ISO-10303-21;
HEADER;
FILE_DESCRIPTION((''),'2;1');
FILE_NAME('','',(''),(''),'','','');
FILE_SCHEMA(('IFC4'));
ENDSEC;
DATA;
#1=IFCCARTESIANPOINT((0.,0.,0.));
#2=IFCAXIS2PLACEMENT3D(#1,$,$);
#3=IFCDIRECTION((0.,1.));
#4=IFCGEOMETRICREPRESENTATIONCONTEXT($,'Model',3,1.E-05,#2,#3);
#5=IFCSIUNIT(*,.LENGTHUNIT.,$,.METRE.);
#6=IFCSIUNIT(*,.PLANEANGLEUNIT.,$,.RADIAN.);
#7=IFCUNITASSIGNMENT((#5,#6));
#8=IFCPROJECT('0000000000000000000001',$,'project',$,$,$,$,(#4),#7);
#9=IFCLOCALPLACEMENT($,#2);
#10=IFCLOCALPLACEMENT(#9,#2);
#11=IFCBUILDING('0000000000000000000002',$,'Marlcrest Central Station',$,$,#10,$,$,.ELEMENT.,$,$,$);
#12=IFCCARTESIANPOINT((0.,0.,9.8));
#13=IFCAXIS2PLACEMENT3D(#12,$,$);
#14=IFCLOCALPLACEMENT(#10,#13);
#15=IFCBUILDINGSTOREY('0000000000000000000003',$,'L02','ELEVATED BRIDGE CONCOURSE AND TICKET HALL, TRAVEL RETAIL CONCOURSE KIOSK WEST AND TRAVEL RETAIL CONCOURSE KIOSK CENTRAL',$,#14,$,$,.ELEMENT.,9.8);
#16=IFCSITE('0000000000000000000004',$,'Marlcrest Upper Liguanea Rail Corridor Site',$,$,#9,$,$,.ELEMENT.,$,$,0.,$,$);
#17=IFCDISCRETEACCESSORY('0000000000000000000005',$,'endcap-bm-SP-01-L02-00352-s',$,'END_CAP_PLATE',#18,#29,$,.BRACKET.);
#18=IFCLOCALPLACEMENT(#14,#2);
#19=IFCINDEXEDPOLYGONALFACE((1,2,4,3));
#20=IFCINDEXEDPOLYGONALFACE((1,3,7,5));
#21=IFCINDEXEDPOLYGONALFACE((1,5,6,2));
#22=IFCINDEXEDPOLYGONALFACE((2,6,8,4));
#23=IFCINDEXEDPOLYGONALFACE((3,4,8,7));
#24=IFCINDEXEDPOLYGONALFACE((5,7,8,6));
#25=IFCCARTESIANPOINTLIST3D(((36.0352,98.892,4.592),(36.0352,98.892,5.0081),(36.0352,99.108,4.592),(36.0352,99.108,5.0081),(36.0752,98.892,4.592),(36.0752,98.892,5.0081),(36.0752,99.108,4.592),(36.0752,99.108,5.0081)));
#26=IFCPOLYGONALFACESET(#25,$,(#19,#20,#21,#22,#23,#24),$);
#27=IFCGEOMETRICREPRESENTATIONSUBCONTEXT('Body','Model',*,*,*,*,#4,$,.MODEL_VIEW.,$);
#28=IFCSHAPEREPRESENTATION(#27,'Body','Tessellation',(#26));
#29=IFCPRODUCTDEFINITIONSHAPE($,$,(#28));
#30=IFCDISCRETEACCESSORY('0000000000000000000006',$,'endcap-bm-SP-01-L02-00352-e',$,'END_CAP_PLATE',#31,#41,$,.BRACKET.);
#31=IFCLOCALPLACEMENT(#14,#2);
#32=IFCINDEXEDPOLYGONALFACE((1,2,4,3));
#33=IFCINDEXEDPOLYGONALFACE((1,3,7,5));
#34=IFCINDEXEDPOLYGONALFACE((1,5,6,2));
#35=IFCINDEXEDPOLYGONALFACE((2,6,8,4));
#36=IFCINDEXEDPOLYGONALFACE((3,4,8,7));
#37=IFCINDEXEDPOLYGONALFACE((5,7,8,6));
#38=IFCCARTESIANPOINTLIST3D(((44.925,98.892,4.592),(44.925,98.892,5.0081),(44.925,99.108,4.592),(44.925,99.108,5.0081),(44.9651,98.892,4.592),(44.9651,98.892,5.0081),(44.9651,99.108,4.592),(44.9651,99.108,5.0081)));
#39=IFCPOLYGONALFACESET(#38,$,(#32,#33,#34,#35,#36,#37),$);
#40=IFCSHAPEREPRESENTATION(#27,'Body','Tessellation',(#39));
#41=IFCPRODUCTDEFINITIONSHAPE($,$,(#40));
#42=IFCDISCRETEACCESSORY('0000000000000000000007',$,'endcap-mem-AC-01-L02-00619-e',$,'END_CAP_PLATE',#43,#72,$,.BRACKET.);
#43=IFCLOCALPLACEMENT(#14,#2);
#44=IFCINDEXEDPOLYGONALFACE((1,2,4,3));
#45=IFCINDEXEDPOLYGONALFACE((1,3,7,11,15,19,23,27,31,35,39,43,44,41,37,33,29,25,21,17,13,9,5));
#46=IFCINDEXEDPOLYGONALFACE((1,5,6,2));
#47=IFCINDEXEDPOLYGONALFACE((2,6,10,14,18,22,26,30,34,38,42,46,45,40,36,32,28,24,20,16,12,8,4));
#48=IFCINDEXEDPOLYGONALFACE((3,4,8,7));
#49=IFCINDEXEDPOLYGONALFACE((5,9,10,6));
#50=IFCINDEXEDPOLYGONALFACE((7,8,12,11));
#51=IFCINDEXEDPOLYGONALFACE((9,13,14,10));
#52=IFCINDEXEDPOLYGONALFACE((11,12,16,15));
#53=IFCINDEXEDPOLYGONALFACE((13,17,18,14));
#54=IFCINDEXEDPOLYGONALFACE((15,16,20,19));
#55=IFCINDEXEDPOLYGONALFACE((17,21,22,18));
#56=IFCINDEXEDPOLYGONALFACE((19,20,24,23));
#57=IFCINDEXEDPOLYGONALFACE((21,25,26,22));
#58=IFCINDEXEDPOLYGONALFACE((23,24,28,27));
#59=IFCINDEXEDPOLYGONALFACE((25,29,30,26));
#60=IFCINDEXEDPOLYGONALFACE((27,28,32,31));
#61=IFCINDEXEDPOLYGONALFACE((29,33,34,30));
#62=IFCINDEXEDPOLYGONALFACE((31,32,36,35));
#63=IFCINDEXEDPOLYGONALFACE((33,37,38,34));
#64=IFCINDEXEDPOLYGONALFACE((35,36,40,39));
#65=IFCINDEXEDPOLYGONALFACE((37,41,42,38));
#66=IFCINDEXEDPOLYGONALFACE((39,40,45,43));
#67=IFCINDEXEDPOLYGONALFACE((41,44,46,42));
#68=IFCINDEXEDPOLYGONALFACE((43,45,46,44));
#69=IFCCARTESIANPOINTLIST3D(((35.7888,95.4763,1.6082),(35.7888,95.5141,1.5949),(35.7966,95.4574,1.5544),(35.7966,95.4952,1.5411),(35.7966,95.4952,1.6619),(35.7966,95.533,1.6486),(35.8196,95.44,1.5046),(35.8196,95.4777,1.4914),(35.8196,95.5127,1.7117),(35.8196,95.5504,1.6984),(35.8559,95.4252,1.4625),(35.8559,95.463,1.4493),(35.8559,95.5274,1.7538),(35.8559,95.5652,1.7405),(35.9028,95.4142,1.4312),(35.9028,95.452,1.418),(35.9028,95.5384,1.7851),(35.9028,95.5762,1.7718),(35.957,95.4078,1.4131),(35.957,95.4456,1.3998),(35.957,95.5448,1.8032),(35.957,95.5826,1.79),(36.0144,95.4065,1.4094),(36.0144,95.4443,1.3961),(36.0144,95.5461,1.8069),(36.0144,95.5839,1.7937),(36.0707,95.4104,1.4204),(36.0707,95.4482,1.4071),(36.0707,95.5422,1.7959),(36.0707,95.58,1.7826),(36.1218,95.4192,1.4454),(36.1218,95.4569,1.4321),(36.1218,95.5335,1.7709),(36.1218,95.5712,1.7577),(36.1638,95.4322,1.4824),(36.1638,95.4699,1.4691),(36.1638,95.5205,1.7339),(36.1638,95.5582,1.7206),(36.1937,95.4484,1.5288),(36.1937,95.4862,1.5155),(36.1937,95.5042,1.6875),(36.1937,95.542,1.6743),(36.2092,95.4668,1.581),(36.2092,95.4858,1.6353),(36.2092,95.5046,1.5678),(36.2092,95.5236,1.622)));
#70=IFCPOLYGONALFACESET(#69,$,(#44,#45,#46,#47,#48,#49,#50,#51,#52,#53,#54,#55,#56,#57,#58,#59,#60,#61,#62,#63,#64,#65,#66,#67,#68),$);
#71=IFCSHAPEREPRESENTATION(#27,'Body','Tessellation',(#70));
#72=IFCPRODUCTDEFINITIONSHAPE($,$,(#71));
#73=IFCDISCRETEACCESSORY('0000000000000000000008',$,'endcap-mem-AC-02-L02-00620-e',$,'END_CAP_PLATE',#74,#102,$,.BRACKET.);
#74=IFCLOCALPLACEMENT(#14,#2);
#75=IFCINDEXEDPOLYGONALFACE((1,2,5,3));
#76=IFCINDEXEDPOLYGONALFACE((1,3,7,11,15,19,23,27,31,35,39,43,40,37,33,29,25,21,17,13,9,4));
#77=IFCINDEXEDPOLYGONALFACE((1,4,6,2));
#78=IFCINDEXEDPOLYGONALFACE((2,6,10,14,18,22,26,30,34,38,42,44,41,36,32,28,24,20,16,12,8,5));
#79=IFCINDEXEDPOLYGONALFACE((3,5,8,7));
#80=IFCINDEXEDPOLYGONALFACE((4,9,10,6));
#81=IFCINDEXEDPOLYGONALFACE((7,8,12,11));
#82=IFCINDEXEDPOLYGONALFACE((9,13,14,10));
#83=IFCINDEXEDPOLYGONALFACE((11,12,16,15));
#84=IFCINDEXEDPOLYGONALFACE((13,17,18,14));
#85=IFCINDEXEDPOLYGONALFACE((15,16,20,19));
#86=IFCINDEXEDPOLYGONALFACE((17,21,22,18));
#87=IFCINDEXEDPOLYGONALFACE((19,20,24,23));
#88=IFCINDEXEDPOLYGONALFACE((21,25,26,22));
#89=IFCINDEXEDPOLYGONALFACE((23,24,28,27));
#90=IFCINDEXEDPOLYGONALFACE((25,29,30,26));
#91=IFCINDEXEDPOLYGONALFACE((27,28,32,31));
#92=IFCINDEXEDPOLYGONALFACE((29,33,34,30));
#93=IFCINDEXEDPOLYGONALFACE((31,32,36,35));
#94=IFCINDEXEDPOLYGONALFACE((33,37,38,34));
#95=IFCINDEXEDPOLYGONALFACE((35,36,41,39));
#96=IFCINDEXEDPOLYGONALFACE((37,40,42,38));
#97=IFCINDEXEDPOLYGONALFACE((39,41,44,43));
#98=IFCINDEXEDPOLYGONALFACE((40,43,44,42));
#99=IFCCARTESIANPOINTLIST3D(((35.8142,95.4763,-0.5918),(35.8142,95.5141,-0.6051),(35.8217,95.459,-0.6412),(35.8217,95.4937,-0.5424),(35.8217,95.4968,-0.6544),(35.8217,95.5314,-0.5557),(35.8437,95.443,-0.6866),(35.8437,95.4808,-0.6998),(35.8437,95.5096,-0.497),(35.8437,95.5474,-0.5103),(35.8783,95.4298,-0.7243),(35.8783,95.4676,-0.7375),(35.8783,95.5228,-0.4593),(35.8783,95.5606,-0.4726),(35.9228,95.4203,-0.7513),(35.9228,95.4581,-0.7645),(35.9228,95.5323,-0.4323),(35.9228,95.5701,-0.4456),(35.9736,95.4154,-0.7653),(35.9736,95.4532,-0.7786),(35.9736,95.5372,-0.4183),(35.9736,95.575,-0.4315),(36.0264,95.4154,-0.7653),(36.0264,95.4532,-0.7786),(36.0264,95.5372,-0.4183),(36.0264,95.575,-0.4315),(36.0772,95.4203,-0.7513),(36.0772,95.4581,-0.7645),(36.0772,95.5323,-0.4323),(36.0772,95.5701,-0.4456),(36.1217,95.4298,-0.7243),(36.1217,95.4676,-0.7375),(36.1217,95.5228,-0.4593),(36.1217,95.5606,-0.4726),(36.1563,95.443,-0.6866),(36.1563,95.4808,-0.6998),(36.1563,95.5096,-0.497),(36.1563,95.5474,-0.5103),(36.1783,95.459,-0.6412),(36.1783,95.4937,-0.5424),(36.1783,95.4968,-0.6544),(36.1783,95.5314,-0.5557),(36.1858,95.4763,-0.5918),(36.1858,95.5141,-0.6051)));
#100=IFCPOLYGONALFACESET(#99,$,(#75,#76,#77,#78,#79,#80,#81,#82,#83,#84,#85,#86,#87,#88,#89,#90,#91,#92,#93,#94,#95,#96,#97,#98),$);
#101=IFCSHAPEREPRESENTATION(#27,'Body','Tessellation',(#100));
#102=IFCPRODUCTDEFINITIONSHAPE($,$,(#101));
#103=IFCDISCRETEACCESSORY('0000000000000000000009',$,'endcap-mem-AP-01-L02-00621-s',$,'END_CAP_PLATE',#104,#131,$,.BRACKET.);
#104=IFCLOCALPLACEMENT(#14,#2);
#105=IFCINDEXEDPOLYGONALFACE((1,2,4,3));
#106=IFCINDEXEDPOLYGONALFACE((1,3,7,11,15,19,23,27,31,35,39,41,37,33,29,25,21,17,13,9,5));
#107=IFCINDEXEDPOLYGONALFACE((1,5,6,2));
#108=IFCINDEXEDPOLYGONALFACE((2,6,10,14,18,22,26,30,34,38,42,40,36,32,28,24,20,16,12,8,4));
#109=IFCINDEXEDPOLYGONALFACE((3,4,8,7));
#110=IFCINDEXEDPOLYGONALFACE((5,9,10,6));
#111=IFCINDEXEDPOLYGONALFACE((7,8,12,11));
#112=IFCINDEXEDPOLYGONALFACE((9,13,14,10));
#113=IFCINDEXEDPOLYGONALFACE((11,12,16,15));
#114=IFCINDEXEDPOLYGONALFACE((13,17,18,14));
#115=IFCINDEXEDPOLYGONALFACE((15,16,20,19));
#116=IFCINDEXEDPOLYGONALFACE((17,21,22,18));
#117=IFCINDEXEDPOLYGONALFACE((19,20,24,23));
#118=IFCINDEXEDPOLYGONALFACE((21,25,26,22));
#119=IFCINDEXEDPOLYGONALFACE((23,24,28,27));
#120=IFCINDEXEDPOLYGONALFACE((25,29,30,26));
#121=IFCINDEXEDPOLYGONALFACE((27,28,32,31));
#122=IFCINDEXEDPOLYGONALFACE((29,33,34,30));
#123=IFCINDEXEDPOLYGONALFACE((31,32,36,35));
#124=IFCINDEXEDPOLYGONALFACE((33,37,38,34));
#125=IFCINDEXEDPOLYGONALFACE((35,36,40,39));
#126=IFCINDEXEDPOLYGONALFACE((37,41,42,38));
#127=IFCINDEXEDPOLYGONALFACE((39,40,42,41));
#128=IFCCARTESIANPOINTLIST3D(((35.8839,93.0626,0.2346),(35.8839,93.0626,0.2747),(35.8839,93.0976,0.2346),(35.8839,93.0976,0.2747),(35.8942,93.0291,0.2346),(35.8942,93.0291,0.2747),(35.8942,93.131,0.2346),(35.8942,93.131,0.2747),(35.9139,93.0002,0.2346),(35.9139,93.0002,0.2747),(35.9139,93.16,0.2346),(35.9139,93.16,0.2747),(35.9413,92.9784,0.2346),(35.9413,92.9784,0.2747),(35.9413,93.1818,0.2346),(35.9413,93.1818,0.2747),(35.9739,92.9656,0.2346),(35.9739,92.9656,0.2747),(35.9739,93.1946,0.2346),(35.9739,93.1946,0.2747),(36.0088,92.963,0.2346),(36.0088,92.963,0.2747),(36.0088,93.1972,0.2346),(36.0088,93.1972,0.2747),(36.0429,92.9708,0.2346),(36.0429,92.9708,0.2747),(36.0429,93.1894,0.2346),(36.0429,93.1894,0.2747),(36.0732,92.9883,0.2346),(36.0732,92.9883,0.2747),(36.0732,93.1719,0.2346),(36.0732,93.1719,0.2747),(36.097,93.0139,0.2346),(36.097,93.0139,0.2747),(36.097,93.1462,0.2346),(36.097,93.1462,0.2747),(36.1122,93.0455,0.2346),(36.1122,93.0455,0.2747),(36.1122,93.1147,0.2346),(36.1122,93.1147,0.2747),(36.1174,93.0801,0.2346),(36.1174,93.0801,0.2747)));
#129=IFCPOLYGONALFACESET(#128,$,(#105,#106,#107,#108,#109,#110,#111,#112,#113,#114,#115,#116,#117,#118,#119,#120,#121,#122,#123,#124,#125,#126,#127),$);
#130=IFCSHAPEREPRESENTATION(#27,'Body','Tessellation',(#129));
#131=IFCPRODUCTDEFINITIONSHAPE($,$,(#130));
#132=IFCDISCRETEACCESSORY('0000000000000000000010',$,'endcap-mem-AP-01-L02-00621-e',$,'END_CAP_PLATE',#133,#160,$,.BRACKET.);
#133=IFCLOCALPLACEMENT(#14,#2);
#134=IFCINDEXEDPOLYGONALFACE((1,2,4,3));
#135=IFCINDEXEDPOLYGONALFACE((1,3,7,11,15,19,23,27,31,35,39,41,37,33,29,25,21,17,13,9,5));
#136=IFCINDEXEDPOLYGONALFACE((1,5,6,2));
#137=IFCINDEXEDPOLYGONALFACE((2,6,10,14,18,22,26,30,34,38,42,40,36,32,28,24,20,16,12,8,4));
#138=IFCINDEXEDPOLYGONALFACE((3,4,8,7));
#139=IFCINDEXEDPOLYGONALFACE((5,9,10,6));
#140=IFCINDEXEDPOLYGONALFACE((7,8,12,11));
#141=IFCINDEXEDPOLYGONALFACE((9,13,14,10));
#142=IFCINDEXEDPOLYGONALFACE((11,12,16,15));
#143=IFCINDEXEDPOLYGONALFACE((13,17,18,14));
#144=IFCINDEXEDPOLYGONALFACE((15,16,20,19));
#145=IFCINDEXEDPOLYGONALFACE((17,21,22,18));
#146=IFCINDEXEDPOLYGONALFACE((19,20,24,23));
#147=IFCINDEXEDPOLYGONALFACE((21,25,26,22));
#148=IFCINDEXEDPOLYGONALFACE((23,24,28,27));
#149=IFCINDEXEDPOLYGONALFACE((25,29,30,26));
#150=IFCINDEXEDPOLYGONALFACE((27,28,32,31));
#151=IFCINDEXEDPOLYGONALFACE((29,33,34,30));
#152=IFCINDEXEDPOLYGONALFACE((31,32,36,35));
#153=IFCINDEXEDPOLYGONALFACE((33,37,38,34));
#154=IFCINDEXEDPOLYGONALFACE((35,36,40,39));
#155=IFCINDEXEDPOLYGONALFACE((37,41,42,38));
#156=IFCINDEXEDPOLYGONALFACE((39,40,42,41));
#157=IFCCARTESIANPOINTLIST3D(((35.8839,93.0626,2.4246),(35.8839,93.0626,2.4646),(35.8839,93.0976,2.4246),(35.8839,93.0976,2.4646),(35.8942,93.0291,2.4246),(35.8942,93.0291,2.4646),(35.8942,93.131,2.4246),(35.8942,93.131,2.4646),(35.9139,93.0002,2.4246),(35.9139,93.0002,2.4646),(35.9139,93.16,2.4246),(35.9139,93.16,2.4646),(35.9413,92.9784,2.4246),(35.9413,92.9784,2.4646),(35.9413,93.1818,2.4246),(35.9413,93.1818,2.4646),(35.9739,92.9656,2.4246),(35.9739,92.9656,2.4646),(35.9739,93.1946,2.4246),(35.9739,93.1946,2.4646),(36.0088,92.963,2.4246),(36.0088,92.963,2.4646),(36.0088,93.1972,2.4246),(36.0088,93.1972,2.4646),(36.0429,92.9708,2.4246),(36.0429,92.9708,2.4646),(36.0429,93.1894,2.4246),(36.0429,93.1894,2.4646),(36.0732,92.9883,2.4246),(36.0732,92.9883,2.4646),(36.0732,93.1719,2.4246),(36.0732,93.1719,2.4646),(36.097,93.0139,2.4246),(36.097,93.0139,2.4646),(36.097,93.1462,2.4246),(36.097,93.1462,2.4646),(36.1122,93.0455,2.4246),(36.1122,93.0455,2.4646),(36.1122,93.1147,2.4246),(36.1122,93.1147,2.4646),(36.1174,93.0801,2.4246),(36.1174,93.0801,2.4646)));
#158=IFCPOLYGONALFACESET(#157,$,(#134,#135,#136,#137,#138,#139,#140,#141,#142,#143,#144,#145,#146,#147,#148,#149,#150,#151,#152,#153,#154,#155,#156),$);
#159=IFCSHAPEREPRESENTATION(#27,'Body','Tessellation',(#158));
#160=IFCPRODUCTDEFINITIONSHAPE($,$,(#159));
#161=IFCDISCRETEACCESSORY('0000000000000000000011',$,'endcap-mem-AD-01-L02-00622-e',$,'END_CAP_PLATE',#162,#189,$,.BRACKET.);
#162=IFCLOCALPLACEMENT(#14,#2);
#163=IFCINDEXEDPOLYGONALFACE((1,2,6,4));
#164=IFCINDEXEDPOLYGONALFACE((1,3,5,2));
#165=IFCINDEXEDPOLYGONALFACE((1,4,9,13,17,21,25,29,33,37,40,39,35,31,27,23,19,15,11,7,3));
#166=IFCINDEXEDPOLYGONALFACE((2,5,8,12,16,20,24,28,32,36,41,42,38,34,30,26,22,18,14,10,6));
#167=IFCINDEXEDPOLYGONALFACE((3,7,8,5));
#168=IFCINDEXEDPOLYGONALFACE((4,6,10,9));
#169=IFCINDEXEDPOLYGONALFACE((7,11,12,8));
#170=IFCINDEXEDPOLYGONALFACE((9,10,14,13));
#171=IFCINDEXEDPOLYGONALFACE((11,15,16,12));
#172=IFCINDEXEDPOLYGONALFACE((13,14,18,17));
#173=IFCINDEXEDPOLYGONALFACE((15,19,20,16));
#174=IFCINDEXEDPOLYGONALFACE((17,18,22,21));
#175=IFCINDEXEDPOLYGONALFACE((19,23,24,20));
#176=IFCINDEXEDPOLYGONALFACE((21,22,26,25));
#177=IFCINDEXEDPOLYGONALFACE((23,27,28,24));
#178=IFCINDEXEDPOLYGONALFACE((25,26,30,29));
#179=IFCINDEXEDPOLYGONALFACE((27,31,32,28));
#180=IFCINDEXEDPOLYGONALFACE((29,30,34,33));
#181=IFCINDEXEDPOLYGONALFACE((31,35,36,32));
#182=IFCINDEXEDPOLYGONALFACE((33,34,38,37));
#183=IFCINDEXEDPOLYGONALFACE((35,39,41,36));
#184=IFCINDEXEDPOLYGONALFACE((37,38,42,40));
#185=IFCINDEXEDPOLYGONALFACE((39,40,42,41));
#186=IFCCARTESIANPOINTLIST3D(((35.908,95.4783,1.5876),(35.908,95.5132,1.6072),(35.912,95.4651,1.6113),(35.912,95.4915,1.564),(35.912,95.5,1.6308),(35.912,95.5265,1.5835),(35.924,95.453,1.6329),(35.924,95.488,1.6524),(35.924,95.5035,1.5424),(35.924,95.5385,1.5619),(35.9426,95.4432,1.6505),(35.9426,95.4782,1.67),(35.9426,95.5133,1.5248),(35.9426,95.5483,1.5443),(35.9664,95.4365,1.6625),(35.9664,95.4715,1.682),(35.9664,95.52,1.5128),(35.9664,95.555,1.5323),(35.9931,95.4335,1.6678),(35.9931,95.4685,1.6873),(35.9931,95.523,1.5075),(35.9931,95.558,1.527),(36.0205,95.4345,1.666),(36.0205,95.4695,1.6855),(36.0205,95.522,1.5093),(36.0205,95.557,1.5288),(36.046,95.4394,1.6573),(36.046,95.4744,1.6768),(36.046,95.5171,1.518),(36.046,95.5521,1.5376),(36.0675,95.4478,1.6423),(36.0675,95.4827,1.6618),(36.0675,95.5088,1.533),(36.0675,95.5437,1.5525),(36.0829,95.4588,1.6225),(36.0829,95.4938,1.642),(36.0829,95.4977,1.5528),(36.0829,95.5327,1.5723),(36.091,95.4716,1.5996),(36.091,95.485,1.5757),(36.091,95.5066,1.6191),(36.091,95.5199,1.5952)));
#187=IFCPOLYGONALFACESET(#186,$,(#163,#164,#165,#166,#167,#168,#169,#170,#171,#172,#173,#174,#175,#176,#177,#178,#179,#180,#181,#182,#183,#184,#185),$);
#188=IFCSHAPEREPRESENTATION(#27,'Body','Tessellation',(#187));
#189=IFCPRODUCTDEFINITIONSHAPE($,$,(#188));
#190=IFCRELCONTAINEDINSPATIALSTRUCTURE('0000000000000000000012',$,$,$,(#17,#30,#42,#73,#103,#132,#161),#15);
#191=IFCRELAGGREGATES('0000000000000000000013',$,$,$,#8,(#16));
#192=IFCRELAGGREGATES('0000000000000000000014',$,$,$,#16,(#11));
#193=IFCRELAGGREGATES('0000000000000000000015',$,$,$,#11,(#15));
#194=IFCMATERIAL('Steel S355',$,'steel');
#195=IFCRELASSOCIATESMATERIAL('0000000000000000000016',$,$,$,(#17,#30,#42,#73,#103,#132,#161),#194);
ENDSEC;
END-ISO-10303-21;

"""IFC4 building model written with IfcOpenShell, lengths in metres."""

from ifc_helpers import new_model, si_unit, direction, frame, origin, origin_2d, place, context, subcontext, project, spatial, rectangle, circle, extrude, material, element, save


model = new_model("IFC4")

# Units and contexts
model_context = context("Model", 3, precision=1e-05, world=origin(), true_north=direction((0.0, 1.0)))
body_context = subcontext(model_context, "Body", "Model", "MODEL_VIEW")
ifc_project = project(units=[si_unit("LENGTHUNIT", "METRE"), si_unit("PLANEANGLEUNIT", "RADIAN")], contexts=[model_context])

# Site, building, storey
site_placement = place(None, origin())
site = spatial("IfcSite", under=ifc_project, at=site_placement, Name="Marlcrest Upper Liguanea Rail Corridor Site", CompositionType="ELEMENT", RefElevation=0.0)
building_placement = place(site_placement, origin())
building = spatial("IfcBuilding", under=site, at=building_placement, Name="Marlcrest Central Station", CompositionType="ELEMENT")
storey_placement = place(building_placement, frame((0.0, 0.0, 9.8)))
storey = spatial("IfcBuildingStorey", under=building, at=storey_placement, Name="L02", Description="ELEVATED BRIDGE CONCOURSE AND TICKET HALL, TRAVEL RETAIL CONCOURSE KIOSK WEST AND TRAVEL RETAIL CONCOURSE KIOSK CENTRAL", CompositionType="ELEMENT", Elevation=9.8)

# Shared definitions
ifc_material_1 = material(Name="Steel S355", Category="steel")

# Discrete accessories
for number, where, z_axis, x_axis, name in (
    (1, (36.0352, 99.0, 4.8), (1.0, 0.0, 0.0), (0.0, 1.0, 0.0), "endcap-bm-SP-01-L02-00352-s"),
    (2, (44.925, 99.0, 4.8), (1.0, 0.0, 0.0), (0.0, 1.0, 0.0), "endcap-bm-SP-01-L02-00352-e"),
):
    element("IfcDiscreteAccessory", number, at=place(storey_placement, frame(where, z_axis=z_axis, x_axis=x_axis)), inside=storey, material=ifc_material_1, Name=name, ObjectType="END_CAP_PLATE", PredefinedType="BRACKET", context=body_context, shape_type="SweptSolid", body=[
        extrude(rectangle(XDim=0.2161, YDim=0.416, at=origin_2d()), origin(), (0.0, 0.0, 1.0), 0.04),
    ])
discrete_accessory_1_placement = place(storey_placement, frame((36.0, 95.4763, 1.6082), z_axis=(0.0, 0.943537, -0.331266), x_axis=(-1.0, 0.0, 0.0)))
element("IfcDiscreteAccessory", 3, at=discrete_accessory_1_placement, inside=storey, material=ifc_material_1, Name="endcap-mem-AC-01-L02-00619-e", ObjectType="END_CAP_PLATE", PredefinedType="BRACKET", context=body_context, shape_type="SweptSolid", body=[
    extrude(circle(Radius=0.2112, at=origin_2d()), origin(), (0.0, 0.0, 1.0), 0.04),
])
discrete_accessory_2_placement = place(storey_placement, frame((36.0, 95.4763, -0.5918), z_axis=(0.0, 0.943537, -0.331266), x_axis=(-1.0, 0.0, 0.0)))
element("IfcDiscreteAccessory", 4, at=discrete_accessory_2_placement, inside=storey, material=ifc_material_1, Name="endcap-mem-AC-02-L02-00620-e", ObjectType="END_CAP_PLATE", PredefinedType="BRACKET", context=body_context, shape_type="SweptSolid", body=[
    extrude(circle(Radius=0.1858, at=origin_2d()), origin(), (0.0, 0.0, 1.0), 0.04),
])
for number, where, z_axis, x_axis, name in (
    (5, (36.0, 93.0801, 0.2346), (0.0, 0.0, 1.0), (1.0, 0.0, 0.0), "endcap-mem-AP-01-L02-00621-s"),
    (6, (36.0, 93.0801, 2.4246), (0.0, 0.0, 1.0), (1.0, 0.0, 0.0), "endcap-mem-AP-01-L02-00621-e"),
):
    element("IfcDiscreteAccessory", number, at=place(storey_placement, frame(where, z_axis=z_axis, x_axis=x_axis)), inside=storey, material=ifc_material_1, Name=name, ObjectType="END_CAP_PLATE", PredefinedType="BRACKET", context=body_context, shape_type="SweptSolid", body=[
        extrude(circle(Radius=0.1174, at=origin_2d()), origin(), (0.0, 0.0, 1.0), 0.04),
    ])
discrete_accessory_3_placement = place(storey_placement, frame((36.0, 95.4783, 1.5876), z_axis=(0.0, 0.873246, 0.48728), x_axis=(-1.0, 0.0, 0.0)))
element("IfcDiscreteAccessory", 7, at=discrete_accessory_3_placement, inside=storey, material=ifc_material_1, Name="endcap-mem-AD-01-L02-00622-e", ObjectType="END_CAP_PLATE", PredefinedType="BRACKET", context=body_context, shape_type="SweptSolid", body=[
    extrude(circle(Radius=0.092, at=origin_2d()), origin(), (0.0, 0.0, 1.0), 0.04),
])

save(model, "model.ifc")
